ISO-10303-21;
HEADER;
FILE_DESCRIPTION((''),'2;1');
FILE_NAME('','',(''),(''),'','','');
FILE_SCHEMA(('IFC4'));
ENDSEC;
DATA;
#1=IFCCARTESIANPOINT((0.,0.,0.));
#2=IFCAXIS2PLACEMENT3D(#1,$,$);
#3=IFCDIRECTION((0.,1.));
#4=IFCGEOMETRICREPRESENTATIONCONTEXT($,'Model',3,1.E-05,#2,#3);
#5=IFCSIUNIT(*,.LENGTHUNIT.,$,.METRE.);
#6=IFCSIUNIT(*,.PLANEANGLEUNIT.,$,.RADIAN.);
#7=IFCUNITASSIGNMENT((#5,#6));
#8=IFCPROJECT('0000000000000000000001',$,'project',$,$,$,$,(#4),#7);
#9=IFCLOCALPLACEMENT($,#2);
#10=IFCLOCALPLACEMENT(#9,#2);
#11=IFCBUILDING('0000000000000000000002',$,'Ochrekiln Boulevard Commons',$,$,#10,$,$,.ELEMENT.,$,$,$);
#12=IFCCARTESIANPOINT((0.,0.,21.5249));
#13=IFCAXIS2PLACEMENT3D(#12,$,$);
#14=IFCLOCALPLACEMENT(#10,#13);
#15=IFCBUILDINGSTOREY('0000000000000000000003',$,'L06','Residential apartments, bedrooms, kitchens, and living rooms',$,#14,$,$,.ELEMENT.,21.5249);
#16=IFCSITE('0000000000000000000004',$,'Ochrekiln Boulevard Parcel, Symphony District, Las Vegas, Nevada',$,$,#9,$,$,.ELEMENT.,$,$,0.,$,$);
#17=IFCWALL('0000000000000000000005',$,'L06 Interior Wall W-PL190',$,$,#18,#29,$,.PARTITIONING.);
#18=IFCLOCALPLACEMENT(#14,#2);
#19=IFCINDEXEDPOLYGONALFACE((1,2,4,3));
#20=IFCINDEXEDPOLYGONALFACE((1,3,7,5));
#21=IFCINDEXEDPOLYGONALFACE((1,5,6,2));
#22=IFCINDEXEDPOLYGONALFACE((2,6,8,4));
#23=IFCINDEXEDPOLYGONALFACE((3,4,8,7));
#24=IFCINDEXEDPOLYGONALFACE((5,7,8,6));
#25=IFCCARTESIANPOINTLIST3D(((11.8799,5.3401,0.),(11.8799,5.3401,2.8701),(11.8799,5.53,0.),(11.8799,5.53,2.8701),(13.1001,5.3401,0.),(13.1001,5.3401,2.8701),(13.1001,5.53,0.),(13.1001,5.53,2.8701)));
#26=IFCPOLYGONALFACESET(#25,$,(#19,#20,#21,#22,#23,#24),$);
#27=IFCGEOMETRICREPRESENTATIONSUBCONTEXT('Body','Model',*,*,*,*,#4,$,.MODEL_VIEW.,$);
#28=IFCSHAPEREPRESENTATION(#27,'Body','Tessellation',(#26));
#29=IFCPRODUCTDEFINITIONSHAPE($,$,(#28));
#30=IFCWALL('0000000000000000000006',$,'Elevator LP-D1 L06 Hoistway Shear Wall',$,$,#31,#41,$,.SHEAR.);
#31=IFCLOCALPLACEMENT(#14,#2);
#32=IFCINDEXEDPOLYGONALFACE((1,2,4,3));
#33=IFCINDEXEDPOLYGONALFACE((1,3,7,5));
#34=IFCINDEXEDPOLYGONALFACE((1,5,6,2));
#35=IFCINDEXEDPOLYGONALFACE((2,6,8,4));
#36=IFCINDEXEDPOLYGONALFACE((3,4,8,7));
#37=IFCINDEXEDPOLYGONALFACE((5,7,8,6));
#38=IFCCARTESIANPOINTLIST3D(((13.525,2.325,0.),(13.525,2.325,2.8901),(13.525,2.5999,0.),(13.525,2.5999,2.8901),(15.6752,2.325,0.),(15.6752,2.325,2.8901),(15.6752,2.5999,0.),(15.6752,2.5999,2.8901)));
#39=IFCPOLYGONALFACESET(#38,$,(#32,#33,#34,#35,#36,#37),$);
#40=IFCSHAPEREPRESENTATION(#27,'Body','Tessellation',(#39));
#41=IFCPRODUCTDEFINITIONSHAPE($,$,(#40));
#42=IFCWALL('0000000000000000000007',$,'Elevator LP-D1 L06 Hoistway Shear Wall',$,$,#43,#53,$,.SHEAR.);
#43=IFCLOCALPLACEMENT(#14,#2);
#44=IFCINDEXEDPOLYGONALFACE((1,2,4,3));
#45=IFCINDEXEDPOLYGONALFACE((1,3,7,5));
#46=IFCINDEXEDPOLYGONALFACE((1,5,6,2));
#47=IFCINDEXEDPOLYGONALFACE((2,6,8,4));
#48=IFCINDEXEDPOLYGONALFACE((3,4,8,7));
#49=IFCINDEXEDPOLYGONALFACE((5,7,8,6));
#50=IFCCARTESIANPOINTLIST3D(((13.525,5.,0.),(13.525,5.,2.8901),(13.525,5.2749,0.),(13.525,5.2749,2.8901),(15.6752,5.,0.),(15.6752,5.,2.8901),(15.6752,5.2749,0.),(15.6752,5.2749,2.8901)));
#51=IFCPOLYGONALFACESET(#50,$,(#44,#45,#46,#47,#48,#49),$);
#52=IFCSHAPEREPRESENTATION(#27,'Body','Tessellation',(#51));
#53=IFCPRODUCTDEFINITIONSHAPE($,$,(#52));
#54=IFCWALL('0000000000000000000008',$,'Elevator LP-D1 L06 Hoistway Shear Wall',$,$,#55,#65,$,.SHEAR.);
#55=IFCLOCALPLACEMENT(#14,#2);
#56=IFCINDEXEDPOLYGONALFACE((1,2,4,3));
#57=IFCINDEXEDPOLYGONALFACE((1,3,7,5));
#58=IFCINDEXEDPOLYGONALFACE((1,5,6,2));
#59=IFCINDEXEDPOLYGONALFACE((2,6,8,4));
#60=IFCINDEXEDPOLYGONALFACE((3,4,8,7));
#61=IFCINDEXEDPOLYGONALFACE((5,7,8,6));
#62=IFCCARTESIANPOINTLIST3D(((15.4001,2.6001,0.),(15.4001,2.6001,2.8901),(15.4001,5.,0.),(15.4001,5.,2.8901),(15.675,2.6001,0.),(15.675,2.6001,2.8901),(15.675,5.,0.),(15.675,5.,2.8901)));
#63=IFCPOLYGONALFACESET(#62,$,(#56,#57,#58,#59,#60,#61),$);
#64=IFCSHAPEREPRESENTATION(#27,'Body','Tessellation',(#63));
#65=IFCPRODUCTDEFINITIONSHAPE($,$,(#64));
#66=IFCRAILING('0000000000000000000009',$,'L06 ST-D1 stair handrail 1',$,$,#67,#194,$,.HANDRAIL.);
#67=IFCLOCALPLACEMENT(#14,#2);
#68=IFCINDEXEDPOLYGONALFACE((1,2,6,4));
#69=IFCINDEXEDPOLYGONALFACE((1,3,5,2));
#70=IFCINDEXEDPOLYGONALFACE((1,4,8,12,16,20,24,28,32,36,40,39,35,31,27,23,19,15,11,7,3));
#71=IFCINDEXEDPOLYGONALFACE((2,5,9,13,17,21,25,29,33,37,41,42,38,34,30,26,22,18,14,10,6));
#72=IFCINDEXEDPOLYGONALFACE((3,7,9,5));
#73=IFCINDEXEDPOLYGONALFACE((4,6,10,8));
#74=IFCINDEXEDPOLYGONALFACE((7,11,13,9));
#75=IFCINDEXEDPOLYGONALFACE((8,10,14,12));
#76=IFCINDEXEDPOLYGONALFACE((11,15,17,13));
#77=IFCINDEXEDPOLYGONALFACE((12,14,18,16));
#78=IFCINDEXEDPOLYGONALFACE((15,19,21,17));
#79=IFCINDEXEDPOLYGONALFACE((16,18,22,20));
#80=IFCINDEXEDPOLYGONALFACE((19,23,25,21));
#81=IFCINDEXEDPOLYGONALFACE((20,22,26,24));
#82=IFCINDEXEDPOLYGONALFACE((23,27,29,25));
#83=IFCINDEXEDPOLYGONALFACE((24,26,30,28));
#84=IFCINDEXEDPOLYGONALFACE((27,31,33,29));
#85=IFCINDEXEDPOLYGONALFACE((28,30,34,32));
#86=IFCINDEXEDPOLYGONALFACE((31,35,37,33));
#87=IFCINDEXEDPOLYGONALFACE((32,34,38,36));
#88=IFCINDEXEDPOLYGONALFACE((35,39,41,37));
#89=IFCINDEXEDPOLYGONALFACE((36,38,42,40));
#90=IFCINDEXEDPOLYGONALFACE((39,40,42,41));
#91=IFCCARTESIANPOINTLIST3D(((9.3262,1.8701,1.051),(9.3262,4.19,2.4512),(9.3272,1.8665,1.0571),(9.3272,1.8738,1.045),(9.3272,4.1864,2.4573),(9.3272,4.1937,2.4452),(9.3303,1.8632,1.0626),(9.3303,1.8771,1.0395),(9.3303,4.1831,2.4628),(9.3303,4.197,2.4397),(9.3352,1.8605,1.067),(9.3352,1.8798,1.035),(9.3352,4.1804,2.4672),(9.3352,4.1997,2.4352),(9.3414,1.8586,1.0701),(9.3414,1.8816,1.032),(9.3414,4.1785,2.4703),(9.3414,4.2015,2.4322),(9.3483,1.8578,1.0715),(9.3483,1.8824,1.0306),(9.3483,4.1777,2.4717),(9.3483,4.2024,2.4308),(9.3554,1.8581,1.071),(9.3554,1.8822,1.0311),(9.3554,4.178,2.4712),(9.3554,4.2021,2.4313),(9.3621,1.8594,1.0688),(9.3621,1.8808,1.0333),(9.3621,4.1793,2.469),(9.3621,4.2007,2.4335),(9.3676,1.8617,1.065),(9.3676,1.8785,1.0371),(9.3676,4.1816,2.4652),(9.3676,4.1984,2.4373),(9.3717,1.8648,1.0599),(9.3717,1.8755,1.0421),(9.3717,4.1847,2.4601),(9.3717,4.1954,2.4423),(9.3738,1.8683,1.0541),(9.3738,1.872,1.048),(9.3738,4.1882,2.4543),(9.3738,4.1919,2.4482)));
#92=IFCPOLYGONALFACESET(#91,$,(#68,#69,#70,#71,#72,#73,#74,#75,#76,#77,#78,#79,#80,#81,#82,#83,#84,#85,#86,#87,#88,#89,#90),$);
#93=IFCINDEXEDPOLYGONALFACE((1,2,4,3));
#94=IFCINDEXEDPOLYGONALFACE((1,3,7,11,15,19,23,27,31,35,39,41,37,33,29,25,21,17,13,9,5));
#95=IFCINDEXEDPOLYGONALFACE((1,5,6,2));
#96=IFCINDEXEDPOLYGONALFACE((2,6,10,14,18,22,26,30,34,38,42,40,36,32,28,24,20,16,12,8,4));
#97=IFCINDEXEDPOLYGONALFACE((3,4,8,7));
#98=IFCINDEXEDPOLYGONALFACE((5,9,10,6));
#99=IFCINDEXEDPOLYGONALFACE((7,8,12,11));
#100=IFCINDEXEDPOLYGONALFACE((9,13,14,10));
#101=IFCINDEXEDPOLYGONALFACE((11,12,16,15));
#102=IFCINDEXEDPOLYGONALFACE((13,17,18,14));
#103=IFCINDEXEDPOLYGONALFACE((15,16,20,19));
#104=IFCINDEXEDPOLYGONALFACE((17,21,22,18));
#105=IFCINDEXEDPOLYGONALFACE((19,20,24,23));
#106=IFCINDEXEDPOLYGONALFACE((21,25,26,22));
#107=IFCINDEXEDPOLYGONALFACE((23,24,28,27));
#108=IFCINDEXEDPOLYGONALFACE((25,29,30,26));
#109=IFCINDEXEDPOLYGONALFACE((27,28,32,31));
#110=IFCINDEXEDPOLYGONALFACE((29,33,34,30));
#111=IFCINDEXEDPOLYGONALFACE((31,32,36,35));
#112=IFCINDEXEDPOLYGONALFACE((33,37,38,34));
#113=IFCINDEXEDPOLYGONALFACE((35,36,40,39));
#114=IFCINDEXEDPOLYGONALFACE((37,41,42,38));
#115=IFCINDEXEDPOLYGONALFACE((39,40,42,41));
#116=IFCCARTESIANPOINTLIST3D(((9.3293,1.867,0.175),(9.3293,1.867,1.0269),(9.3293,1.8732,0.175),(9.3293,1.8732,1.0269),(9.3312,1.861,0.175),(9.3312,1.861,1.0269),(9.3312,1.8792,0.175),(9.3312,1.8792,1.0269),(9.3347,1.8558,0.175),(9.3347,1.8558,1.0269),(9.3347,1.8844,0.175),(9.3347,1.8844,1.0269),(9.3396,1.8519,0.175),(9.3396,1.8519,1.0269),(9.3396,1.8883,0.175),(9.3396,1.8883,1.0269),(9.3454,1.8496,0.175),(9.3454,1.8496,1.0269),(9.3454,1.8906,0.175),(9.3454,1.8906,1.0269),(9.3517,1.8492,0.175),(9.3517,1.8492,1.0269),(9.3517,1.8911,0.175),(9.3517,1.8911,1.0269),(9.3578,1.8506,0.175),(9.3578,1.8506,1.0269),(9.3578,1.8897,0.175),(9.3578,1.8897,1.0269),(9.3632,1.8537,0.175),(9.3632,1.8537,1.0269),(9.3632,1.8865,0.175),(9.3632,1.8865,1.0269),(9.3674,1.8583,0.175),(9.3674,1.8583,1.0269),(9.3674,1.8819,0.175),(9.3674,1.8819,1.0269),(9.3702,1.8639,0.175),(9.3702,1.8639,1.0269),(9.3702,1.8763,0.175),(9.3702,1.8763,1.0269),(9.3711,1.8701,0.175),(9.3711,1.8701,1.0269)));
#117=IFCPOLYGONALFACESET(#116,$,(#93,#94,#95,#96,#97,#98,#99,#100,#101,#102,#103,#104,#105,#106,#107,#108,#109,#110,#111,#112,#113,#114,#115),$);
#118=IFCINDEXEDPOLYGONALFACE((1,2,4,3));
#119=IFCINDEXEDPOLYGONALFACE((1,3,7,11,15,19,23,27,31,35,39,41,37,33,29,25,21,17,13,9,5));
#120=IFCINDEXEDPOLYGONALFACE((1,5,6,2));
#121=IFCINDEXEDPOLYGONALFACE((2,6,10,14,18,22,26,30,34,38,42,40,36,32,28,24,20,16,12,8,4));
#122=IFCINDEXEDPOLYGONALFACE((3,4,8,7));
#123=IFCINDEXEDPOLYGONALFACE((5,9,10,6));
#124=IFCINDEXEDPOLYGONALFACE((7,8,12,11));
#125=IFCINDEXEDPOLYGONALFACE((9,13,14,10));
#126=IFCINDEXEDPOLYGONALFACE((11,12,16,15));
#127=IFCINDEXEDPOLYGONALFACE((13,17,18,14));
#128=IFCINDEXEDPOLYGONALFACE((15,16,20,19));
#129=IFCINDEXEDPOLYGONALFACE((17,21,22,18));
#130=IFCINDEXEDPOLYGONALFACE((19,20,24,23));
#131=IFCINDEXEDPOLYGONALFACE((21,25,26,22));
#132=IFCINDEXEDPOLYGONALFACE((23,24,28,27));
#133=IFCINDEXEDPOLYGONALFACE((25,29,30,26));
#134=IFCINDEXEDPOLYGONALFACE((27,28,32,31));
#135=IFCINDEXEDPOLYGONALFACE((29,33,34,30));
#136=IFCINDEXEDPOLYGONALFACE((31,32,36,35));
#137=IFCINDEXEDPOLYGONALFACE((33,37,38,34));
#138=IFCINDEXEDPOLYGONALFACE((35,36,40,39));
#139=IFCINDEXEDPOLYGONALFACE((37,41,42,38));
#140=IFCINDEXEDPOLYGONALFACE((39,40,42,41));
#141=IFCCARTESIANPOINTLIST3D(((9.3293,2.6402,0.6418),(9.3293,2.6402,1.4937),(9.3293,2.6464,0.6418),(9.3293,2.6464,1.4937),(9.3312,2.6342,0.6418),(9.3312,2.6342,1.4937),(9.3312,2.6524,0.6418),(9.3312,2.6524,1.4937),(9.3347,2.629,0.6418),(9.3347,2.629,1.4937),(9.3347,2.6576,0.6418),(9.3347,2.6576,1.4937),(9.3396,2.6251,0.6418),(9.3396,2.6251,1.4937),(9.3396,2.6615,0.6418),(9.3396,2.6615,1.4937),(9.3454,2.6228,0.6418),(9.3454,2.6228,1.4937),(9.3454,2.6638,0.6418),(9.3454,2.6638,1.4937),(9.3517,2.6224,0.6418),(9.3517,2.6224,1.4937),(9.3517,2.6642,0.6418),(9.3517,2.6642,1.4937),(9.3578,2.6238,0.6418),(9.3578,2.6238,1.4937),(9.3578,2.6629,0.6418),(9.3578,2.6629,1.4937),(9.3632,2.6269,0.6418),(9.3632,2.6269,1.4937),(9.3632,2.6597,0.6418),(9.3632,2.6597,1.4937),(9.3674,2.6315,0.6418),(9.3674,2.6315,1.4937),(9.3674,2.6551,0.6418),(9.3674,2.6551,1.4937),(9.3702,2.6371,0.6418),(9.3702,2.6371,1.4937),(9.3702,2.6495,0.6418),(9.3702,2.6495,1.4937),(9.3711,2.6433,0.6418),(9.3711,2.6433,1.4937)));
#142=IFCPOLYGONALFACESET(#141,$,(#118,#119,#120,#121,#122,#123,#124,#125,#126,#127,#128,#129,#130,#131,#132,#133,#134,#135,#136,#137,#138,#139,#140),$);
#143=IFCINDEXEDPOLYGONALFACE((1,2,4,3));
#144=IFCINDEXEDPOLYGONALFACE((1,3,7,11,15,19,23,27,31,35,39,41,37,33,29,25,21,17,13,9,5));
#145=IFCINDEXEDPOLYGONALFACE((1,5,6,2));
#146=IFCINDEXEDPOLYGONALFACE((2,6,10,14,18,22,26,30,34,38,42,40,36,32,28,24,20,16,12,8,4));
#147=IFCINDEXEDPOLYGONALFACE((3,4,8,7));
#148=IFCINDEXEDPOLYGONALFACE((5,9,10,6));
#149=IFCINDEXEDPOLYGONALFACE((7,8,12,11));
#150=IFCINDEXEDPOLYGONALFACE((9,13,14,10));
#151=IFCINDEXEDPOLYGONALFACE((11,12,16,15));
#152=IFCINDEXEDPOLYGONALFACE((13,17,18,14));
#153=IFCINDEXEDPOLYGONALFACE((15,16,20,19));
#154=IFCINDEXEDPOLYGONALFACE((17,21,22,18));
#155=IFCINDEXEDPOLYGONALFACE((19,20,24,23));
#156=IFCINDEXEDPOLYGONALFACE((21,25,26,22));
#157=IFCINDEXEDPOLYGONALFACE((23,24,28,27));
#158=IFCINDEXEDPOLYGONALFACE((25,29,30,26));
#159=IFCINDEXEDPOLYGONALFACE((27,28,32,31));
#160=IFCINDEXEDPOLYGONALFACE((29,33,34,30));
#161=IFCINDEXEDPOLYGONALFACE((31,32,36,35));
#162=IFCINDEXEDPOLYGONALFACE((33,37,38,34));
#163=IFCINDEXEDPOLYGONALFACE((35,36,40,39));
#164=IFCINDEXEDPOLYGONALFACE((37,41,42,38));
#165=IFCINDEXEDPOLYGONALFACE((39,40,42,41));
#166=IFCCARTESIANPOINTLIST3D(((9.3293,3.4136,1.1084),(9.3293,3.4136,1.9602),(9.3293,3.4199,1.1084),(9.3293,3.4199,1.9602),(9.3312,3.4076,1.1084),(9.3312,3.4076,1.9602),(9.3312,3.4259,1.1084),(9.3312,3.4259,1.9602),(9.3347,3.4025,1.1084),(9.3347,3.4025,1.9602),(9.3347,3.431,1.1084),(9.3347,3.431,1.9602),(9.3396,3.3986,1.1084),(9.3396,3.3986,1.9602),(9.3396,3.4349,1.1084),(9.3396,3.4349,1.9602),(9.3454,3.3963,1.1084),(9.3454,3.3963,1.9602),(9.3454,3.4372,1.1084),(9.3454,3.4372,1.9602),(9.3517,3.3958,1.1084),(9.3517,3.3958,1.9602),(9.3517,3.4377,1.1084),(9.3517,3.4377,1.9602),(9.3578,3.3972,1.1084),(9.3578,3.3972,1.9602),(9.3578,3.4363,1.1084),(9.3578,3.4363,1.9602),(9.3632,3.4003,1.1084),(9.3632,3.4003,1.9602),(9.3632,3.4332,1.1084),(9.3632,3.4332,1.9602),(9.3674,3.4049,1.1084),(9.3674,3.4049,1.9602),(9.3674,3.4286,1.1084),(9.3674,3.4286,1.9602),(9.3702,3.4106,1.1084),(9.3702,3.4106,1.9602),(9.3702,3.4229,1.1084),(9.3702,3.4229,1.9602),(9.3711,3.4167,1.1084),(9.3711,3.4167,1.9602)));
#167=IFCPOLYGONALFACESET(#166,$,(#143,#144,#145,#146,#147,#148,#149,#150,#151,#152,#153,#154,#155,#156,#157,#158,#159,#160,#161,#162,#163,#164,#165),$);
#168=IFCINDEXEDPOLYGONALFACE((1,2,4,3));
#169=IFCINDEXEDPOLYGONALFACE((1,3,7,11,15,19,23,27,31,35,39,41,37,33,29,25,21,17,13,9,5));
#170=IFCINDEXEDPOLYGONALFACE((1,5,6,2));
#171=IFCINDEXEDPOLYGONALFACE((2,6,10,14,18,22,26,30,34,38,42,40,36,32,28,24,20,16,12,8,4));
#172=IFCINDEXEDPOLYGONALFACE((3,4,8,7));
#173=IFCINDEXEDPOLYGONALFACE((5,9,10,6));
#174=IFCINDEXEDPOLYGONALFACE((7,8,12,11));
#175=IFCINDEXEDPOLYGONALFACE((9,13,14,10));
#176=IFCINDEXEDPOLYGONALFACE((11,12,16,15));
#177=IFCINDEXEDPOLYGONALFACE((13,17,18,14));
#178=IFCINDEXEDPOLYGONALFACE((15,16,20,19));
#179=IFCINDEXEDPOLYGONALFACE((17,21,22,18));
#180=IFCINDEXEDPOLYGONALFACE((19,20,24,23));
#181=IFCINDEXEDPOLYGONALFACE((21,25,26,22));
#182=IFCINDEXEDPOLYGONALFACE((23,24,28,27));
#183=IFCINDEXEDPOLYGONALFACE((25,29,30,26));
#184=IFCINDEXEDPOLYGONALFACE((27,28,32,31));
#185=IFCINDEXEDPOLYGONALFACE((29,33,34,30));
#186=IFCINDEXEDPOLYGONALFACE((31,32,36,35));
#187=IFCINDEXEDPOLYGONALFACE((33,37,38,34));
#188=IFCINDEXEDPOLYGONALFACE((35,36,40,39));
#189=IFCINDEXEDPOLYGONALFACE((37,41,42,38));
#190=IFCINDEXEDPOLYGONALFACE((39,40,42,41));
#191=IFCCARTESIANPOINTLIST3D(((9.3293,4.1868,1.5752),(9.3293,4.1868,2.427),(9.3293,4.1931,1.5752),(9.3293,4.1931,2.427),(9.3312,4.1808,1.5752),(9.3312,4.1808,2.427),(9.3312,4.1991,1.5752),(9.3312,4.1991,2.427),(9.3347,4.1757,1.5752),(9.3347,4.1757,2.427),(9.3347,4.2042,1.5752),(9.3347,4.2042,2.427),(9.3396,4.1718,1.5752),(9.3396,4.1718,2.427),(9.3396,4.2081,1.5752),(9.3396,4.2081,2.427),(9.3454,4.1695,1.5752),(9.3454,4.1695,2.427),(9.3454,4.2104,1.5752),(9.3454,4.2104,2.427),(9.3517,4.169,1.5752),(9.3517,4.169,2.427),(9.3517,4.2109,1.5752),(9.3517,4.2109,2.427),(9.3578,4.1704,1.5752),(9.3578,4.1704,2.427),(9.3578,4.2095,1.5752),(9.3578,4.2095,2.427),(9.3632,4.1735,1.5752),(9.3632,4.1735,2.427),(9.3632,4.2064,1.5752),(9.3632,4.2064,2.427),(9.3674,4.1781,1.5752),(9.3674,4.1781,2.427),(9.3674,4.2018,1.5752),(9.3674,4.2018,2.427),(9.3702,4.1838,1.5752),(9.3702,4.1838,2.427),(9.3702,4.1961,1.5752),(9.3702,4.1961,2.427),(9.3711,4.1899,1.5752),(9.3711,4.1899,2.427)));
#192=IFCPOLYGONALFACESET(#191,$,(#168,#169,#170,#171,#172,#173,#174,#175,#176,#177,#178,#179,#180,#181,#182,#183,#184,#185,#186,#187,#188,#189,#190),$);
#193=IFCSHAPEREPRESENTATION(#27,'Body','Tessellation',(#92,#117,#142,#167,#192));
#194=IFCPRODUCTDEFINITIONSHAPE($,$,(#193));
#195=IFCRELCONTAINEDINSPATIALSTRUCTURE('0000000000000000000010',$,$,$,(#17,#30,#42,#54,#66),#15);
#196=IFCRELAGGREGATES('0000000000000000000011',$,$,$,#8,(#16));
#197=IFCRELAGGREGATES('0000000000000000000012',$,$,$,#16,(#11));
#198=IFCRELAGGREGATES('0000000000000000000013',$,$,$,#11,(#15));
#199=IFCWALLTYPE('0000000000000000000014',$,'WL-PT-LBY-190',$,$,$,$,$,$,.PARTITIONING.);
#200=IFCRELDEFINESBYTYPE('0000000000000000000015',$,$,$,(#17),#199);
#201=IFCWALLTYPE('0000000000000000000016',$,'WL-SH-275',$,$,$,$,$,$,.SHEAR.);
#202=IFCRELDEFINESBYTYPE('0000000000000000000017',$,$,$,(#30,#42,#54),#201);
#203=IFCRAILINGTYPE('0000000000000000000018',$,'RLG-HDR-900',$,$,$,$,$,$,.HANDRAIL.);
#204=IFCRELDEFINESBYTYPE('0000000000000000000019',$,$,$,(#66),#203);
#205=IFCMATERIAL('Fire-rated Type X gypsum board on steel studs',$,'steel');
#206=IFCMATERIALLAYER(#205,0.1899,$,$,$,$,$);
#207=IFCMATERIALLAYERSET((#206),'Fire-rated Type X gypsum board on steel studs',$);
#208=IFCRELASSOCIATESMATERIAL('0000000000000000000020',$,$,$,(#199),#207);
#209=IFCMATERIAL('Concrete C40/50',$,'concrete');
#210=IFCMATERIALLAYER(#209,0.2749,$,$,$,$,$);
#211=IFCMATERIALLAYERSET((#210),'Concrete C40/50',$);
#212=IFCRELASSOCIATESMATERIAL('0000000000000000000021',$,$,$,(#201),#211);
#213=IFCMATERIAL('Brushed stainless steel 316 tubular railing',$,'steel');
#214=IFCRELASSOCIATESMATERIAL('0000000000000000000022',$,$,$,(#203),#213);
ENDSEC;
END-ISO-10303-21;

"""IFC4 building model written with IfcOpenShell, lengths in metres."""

from ifc_helpers import new_model, si_unit, direction, frame, frame_2d, origin, origin_2d, place, context, subcontext, project, spatial, rectangle, circle, extrude, material, layer, layer_set, type_object, element, save


model = new_model("IFC4")

# Units and contexts
model_context = context("Model", 3, precision=1e-05, world=origin(), true_north=direction((0.0, 1.0)))
body_context = subcontext(model_context, "Body", "Model", "MODEL_VIEW")
ifc_project = project(units=[si_unit("LENGTHUNIT", "METRE"), si_unit("PLANEANGLEUNIT", "RADIAN")], contexts=[model_context])

# Site, building, storey
site_placement = place(None, origin())
site = spatial("IfcSite", under=ifc_project, at=site_placement, Name="Ochrekiln Boulevard Parcel, Symphony District, Las Vegas, Nevada", CompositionType="ELEMENT", RefElevation=0.0)
building_placement = place(site_placement, origin())
building = spatial("IfcBuilding", under=site, at=building_placement, Name="Ochrekiln Boulevard Commons", CompositionType="ELEMENT")
storey_placement = place(building_placement, frame((0.0, 0.0, 21.5249)))
storey = spatial("IfcBuildingStorey", under=building, at=storey_placement, Name="L06", Description="Residential apartments, bedrooms, kitchens, and living rooms", CompositionType="ELEMENT", Elevation=21.5249)

# Shared definitions
ifc_material_1 = material(Name="Concrete C40/50", Category="concrete")

# Shared definitions
ifc_material_2 = material(Name="Fire-rated Type X gypsum board on steel studs", Category="steel")

# Wall
ifc_layer_1 = layer(ifc_material_2, 0.1899)
ifc_layer_set_1 = layer_set([ifc_layer_1], Name="Fire-rated Type X gypsum board on steel studs")
wall_type_1 = type_object("IfcWallType", Name="WL-PT-LBY-190", PredefinedType="PARTITIONING", material=ifc_layer_set_1)
wall_1_placement = place(storey_placement, frame((11.8799, 5.4351, 0.0), z_axis=(0.0, 0.0, 1.0), x_axis=(1.0, 0.0, 0.0)))
element("IfcWall", 1, at=wall_1_placement, inside=storey, type_object=wall_type_1, Name="L06 Interior Wall W-PL190", PredefinedType="PARTITIONING", context=body_context, shape_type="SweptSolid", body=[
    extrude(rectangle(XDim=1.2202, YDim=0.1899, at=frame_2d((0.6101, 0.0))), origin(), (0.0, 0.0, 1.0), 2.8701),
])

# Walls
ifc_layer_2 = layer(ifc_material_1, 0.2749)
ifc_layer_set_2 = layer_set([ifc_layer_2], Name="Concrete C40/50")
wall_type_2 = type_object("IfcWallType", Name="WL-SH-275", PredefinedType="SHEAR", material=ifc_layer_set_2)
for number, where, z_axis, x_axis, name in (
    (2, (13.5249, 2.4624, 0.0), (0.0, 0.0, 1.0), (1.0, 0.0, 0.0), "Elevator LP-D1 L06 Hoistway Shear Wall"),
    (3, (13.5249, 5.1375, 0.0), (0.0, 0.0, 1.0), (1.0, 0.0, 0.0), "Elevator LP-D1 L06 Hoistway Shear Wall"),
):
    element("IfcWall", number, at=place(storey_placement, frame(where, z_axis=z_axis, x_axis=x_axis)), inside=storey, type_object=wall_type_2, Name=name, PredefinedType="SHEAR", context=body_context, shape_type="SweptSolid", body=[
        extrude(rectangle(XDim=2.1501, YDim=0.2749, at=frame_2d((1.0752, 0.0))), origin(), (0.0, 0.0, 1.0), 2.8901),
    ])

# Wall
wall_2_placement = place(storey_placement, frame((15.5376, 2.6001, 0.0), z_axis=(0.0, 0.0, 1.0), x_axis=(0.0, 1.0, 0.0)))
element("IfcWall", 4, at=wall_2_placement, inside=storey, type_object=wall_type_2, Name="Elevator LP-D1 L06 Hoistway Shear Wall", PredefinedType="SHEAR", context=body_context, shape_type="SweptSolid", body=[
    extrude(rectangle(XDim=2.3999, YDim=0.2749, at=frame_2d((1.2, 0.0))), origin(), (0.0, 0.0, 1.0), 2.8901),
])

# Railing
ifc_material_3 = material(Name="Brushed stainless steel 316 tubular railing", Category="steel")
railing_type = type_object("IfcRailingType", Name="RLG-HDR-900", PredefinedType="HANDRAIL", material=ifc_material_3)
railing_placement = place(storey_placement, frame((9.3501, 1.8701, 0.175)))
element("IfcRailing", 5, at=railing_placement, inside=storey, type_object=railing_type, Name="L06 ST-D1 stair handrail 1", PredefinedType="HANDRAIL", context=body_context, shape_type="SweptSolid", body=[
    extrude(circle(Radius=0.0239, at=origin_2d()), frame((0.0, 0.0, 0.876), z_axis=(0.0, 0.856146, 0.516733), x_axis=(-1.0, 0.0, 0.0)), (0.0, 0.0, 1.0), 2.7097),
    extrude(circle(Radius=0.021, at=origin_2d()), origin(), (0.0, 0.0, 1.0), 0.8518),
    extrude(circle(Radius=0.021, at=origin_2d()), frame((0.0, 0.7732, 0.4668)), (0.0, 0.0, 1.0), 0.8518),
    extrude(circle(Radius=0.021, at=origin_2d()), frame((0.0, 1.5466, 0.9333)), (0.0, 0.0, 1.0), 0.8518),
    extrude(circle(Radius=0.021, at=origin_2d()), frame((0.0, 2.3198, 1.4001)), (0.0, 0.0, 1.0), 0.8518),
])

save(model, "model.ifc")
